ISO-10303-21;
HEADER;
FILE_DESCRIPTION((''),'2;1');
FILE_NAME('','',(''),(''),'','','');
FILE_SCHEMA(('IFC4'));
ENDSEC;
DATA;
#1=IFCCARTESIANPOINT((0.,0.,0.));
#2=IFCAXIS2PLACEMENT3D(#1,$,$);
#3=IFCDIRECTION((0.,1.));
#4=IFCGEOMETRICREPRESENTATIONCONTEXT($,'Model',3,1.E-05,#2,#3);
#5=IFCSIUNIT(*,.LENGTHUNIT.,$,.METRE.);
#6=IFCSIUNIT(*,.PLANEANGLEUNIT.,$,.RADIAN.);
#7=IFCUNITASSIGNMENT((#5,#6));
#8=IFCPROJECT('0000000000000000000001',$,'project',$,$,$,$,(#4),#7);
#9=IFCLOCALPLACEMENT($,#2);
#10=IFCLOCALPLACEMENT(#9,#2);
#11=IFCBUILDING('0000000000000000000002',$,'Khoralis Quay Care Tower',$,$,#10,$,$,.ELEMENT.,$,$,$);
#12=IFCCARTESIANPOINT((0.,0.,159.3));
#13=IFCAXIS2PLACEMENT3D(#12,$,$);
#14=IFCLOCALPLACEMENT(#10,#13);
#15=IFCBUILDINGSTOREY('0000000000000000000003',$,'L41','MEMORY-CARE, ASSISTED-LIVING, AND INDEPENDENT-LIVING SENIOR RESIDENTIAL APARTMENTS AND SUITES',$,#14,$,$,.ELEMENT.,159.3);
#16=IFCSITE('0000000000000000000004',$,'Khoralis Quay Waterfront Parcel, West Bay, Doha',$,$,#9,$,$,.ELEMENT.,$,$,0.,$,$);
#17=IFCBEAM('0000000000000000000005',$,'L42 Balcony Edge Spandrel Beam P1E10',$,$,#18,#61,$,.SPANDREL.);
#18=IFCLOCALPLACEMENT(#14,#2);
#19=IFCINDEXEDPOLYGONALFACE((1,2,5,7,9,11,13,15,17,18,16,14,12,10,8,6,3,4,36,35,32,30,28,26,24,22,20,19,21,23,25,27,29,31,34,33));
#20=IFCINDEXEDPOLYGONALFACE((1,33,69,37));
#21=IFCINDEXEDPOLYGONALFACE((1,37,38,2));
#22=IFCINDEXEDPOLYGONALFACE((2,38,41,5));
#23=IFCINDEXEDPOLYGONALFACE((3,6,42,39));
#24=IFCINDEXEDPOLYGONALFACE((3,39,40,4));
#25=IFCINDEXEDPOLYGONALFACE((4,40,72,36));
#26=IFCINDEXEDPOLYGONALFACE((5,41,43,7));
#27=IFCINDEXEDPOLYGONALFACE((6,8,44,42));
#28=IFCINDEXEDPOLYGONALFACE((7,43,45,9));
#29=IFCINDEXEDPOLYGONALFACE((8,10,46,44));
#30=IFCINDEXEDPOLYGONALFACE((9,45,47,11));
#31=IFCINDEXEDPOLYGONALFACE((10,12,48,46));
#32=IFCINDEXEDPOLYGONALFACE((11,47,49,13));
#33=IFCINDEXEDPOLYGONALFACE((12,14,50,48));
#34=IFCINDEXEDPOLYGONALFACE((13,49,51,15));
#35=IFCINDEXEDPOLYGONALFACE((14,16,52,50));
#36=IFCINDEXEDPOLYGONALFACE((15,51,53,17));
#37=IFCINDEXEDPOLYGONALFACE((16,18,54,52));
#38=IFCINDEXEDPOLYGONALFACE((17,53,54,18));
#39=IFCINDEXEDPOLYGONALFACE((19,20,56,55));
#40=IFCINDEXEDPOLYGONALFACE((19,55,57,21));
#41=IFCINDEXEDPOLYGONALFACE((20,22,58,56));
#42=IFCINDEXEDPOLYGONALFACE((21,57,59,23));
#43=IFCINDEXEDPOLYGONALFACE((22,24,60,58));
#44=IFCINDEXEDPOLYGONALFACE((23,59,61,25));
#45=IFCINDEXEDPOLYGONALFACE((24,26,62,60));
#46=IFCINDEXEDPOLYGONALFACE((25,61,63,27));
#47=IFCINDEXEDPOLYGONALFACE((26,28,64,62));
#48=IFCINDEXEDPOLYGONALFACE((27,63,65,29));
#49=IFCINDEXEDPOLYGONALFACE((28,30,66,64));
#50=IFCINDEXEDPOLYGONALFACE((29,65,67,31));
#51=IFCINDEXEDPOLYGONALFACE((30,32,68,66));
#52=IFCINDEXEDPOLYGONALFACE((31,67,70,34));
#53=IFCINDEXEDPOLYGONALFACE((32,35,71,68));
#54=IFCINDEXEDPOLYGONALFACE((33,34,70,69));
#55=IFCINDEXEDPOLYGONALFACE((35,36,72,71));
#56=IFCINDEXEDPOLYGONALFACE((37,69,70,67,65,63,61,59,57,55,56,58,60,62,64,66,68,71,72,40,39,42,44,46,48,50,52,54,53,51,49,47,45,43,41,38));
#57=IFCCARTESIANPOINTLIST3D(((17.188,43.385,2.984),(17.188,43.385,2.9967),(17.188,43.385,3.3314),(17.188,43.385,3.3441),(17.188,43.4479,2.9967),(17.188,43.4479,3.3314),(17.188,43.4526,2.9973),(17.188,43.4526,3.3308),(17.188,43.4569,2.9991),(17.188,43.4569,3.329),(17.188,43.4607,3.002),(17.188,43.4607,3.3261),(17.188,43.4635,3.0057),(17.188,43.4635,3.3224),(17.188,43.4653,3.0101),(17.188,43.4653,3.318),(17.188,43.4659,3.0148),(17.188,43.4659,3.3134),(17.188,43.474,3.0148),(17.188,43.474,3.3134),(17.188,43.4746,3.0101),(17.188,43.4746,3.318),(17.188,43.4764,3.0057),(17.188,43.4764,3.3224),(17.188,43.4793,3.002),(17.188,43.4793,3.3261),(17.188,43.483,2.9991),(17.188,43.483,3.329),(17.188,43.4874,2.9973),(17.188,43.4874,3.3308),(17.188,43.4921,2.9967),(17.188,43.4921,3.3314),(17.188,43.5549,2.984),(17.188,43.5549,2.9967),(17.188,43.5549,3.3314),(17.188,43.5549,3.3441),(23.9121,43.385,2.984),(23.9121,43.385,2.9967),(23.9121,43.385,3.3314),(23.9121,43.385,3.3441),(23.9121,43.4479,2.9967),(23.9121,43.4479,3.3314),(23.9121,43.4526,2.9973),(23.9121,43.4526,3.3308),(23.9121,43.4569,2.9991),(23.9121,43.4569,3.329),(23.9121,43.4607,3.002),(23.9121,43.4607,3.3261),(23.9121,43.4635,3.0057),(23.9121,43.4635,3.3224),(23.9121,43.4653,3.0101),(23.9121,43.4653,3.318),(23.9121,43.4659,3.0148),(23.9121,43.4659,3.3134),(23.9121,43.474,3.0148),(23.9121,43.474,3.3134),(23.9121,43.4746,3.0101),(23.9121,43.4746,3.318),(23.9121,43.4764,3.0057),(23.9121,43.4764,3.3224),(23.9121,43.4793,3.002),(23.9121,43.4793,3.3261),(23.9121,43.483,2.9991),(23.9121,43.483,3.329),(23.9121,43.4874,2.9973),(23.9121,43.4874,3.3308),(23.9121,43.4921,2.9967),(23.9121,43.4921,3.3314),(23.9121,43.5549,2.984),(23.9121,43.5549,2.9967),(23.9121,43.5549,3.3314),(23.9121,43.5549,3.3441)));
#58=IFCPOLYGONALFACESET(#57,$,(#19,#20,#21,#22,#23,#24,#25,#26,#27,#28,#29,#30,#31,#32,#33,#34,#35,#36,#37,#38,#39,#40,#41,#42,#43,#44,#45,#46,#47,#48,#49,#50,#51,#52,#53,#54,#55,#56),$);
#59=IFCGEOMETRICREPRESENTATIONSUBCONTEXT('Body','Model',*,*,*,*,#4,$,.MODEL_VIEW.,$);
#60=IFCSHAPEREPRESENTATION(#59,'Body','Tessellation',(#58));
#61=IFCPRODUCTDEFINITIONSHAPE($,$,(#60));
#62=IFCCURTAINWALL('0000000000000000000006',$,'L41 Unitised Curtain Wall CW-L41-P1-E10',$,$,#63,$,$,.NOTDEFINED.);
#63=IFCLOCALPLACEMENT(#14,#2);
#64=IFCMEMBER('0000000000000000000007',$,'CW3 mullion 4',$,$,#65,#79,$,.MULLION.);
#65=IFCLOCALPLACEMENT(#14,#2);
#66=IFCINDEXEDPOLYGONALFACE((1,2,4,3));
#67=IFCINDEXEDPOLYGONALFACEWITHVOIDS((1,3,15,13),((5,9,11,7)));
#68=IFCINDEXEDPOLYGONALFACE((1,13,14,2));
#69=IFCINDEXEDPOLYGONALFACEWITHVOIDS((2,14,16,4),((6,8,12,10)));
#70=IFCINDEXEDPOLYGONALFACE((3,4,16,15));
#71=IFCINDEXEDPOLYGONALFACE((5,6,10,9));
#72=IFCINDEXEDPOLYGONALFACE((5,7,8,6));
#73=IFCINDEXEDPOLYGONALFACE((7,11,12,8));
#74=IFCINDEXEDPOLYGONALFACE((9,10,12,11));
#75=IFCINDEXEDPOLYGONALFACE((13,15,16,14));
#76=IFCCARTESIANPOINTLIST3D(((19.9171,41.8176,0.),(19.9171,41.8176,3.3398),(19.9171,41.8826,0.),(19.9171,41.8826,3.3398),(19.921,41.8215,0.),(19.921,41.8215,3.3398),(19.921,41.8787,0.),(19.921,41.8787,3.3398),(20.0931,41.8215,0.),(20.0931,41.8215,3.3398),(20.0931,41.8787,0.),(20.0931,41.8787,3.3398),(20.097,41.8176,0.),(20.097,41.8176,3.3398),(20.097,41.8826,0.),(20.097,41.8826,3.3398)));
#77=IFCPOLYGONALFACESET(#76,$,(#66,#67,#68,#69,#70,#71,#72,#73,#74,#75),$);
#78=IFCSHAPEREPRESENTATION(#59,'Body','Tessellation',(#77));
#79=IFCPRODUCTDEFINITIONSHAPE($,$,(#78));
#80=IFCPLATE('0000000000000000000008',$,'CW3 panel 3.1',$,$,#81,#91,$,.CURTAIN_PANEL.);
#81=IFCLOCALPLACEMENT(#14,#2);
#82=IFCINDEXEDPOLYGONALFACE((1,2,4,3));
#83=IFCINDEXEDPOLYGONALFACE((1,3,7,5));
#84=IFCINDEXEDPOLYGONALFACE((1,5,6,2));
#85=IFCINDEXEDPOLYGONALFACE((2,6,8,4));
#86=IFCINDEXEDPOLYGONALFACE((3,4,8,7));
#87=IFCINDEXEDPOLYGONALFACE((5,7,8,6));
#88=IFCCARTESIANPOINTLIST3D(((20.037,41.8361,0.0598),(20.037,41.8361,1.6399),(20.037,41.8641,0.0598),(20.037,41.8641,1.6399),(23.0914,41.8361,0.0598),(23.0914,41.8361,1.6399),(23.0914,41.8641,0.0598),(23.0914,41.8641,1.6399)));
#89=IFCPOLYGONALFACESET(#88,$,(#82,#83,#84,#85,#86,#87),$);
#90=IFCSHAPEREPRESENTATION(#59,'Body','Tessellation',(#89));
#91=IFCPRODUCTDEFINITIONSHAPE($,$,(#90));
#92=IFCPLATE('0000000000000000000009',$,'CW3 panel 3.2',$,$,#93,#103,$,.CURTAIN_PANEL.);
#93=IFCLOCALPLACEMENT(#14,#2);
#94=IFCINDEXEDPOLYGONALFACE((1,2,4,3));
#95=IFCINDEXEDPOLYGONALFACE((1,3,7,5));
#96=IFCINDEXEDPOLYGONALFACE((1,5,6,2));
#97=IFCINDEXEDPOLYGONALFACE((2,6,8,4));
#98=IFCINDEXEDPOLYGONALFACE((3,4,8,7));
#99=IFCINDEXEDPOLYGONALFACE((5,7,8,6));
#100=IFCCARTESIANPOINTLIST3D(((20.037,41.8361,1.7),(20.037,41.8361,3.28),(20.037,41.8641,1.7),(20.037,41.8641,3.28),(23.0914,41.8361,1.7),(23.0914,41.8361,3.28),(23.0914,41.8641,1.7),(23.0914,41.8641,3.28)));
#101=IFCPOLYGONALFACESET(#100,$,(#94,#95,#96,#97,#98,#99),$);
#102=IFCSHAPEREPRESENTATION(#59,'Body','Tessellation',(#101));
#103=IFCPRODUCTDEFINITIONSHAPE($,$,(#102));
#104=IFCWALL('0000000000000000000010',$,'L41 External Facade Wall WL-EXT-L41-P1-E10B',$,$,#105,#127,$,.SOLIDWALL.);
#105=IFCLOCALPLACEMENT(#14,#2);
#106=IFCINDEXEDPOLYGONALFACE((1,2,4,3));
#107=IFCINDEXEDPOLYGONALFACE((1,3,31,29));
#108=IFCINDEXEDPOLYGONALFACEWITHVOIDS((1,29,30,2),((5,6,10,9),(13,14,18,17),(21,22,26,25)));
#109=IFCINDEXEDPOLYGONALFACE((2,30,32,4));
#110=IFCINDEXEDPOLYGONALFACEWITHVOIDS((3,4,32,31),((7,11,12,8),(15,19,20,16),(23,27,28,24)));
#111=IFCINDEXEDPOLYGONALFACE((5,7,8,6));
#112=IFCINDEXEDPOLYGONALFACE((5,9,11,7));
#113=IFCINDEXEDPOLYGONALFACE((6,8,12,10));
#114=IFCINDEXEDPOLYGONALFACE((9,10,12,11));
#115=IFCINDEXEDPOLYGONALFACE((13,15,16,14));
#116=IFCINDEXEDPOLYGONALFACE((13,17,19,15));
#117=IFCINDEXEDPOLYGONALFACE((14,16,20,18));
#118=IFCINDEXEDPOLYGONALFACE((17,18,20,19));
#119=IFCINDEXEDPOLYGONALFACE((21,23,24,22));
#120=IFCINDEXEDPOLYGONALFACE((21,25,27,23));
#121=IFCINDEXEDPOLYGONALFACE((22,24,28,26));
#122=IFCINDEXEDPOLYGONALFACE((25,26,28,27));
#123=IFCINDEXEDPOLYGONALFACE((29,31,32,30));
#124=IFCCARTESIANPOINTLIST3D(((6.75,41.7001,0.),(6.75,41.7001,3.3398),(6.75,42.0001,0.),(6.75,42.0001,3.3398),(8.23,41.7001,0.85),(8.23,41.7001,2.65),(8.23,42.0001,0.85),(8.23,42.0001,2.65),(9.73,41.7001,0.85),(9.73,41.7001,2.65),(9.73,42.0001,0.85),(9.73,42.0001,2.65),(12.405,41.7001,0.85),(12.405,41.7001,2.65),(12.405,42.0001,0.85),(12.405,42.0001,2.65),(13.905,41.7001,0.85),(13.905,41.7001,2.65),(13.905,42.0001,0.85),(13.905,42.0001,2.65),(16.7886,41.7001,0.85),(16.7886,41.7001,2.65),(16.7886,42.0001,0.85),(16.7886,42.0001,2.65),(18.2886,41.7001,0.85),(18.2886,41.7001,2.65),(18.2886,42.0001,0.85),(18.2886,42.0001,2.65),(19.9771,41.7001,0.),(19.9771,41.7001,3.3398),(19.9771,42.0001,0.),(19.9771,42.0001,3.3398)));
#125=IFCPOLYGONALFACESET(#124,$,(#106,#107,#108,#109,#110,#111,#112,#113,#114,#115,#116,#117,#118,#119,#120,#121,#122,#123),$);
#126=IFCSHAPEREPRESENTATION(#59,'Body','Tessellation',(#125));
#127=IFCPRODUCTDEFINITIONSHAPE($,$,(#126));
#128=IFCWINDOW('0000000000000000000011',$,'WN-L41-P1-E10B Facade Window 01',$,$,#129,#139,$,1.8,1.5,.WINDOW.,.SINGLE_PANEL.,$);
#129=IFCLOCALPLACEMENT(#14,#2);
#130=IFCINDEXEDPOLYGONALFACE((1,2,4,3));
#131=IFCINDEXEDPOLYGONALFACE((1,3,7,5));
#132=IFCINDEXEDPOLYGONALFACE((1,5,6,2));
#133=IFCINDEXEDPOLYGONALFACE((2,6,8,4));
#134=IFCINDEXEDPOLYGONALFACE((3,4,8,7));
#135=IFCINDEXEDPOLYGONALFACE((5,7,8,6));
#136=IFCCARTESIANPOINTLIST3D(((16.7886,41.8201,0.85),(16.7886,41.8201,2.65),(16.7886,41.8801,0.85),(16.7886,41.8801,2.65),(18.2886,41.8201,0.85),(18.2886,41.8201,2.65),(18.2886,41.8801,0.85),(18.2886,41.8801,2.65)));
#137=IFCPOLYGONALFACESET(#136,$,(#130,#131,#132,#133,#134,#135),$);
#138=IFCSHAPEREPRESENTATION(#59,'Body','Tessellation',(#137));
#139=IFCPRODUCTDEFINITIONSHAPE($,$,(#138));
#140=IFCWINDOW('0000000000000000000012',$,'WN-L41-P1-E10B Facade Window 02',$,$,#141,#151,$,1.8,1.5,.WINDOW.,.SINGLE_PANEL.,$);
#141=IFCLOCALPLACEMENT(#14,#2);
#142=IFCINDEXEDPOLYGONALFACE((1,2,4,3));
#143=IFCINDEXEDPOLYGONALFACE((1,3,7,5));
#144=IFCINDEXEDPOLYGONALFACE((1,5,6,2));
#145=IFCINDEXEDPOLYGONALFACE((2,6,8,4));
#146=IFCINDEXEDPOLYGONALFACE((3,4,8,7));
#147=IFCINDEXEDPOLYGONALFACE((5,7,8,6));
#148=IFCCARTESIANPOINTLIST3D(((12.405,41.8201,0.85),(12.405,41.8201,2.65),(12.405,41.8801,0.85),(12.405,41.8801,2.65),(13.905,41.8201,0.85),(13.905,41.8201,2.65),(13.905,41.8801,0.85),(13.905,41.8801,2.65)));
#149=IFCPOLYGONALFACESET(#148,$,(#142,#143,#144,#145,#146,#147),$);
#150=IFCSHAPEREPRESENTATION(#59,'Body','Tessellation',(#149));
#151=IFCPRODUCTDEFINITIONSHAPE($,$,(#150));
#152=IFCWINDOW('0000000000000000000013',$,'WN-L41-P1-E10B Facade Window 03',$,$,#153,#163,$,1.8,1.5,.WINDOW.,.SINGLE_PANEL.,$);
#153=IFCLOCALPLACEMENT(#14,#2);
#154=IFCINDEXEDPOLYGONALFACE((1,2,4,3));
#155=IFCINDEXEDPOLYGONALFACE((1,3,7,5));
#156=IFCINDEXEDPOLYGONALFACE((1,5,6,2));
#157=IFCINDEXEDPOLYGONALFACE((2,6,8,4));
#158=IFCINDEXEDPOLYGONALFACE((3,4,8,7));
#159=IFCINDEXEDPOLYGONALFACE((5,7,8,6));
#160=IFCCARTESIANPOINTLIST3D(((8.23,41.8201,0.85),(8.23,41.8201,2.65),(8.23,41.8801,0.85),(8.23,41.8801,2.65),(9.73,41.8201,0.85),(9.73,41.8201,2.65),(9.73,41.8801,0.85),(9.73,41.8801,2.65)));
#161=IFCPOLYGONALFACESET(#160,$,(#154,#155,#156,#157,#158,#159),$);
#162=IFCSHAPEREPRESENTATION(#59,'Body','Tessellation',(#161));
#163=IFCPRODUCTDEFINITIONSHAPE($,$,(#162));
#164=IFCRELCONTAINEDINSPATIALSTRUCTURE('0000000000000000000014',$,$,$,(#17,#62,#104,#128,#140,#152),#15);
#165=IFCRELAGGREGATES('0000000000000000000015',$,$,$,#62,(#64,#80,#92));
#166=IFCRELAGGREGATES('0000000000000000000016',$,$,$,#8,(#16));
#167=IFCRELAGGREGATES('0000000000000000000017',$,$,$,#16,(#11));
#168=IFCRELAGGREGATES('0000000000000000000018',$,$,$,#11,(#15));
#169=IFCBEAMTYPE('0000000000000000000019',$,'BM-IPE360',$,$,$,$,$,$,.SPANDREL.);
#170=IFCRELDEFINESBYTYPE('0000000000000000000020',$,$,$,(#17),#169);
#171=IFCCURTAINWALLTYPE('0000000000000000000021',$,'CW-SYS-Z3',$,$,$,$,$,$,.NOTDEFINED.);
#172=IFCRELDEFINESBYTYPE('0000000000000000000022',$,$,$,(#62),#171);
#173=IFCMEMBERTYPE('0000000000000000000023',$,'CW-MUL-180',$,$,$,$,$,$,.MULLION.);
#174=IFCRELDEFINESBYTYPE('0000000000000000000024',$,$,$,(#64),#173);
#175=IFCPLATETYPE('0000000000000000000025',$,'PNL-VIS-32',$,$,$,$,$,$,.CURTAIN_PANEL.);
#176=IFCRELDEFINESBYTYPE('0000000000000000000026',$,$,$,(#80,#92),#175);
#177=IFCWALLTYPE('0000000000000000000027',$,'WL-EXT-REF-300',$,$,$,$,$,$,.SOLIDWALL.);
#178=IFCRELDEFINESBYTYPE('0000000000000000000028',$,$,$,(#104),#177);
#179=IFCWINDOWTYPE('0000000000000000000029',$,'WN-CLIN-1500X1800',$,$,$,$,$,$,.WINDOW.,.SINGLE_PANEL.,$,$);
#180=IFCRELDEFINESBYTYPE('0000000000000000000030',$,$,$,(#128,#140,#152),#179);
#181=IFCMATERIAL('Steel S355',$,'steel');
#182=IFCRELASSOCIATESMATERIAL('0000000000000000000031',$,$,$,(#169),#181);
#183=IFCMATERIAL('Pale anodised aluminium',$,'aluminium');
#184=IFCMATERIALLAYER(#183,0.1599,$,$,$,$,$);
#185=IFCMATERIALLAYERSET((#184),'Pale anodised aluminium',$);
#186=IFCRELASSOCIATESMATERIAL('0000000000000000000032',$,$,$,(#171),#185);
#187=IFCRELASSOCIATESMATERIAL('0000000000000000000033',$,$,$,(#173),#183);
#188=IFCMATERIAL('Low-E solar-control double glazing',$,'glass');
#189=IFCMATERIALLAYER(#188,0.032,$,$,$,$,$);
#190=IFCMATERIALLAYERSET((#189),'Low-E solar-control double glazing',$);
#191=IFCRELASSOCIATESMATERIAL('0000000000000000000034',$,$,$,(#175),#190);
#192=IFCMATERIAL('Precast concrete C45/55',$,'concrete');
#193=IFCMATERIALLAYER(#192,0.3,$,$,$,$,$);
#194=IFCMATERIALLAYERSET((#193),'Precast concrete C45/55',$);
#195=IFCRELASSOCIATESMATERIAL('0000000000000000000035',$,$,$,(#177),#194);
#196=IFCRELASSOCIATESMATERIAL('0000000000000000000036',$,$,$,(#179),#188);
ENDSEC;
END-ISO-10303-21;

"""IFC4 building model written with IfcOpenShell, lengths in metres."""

from ifc_helpers import new_model, si_unit, direction, frame, frame_2d, origin, origin_2d, place, context, subcontext, project, spatial, rectangle, hollow_rectangle, i_section, extrude, source, transform, mapped, material, layer, layer_set, material_profile, profile_set, type_object, element, fill, aggregate, save


model = new_model("IFC4")

# Units and contexts
model_context = context("Model", 3, precision=1e-05, world=origin(), true_north=direction((0.0, 1.0)))
body_context = subcontext(model_context, "Body", "Model", "MODEL_VIEW")
ifc_project = project(units=[si_unit("LENGTHUNIT", "METRE"), si_unit("PLANEANGLEUNIT", "RADIAN")], contexts=[model_context])

# Site, building, storey
site_placement = place(None, origin())
site = spatial("IfcSite", under=ifc_project, at=site_placement, Name="Khoralis Quay Waterfront Parcel, West Bay, Doha", CompositionType="ELEMENT", RefElevation=0.0)
building_placement = place(site_placement, origin())
building = spatial("IfcBuilding", under=site, at=building_placement, Name="Khoralis Quay Care Tower", CompositionType="ELEMENT")
storey_placement = place(building_placement, frame((0.0, 0.0, 159.3)))
storey = spatial("IfcBuildingStorey", under=building, at=storey_placement, Name="L41", Description="MEMORY-CARE, ASSISTED-LIVING, AND INDEPENDENT-LIVING SENIOR RESIDENTIAL APARTMENTS AND SUITES", CompositionType="ELEMENT", Elevation=159.3)

# Beam
ifc_material_1 = material(Name="Steel S355", Category="steel")
ifc_material_profile_1 = material_profile(ifc_material_1, i_section(OverallWidth=0.1699, OverallDepth=0.3601, WebThickness=0.0081, FlangeThickness=0.0127, FilletRadius=0.0181, at=origin_2d()), Name="Steel S355")
ifc_profile_set_1 = profile_set([ifc_material_profile_1], Name="Steel S355")
beam_type_1 = type_object("IfcBeamType", Name="BM-IPE360", PredefinedType="SPANDREL", material=ifc_profile_set_1)
shared_shape_1 = source(origin(), body_context, "Body", "SweptSolid", [
    extrude(i_section(OverallWidth=0.1699, OverallDepth=0.3601, WebThickness=0.0081, FlangeThickness=0.0127, FilletRadius=0.0181, at=origin_2d()), origin(), (0.0, 0.0, 1.0), 6.7241),
])
beam_1_placement = place(storey_placement, frame((17.188, 43.47, 3.1641), z_axis=(1.0, 0.0, 0.0), x_axis=(0.0, 1.0, 0.0)))
element("IfcBeam", 1, at=beam_1_placement, inside=storey, type_object=beam_type_1, Name="L42 Balcony Edge Spandrel Beam P1E10", PredefinedType="SPANDREL", context=body_context, shape_type="MappedRepresentation", body=[
    mapped(shared_shape_1, transform((0.0, 0.0, 0.0), scale=1.0)),
])

# Curtain wall, member, plates
ifc_material_2 = material(Name="Pale anodised aluminium", Category="aluminium")
ifc_layer_1 = layer(ifc_material_2, 0.1599)
ifc_layer_set_1 = layer_set([ifc_layer_1], Name="Pale anodised aluminium")
curtain_wall_type = type_object("IfcCurtainWallType", Name="CW-SYS-Z3", PredefinedType="NOTDEFINED", material=ifc_layer_set_1)
curtain_wall_placement = place(storey_placement, origin())
curtain_wall = element("IfcCurtainWall", 2, at=curtain_wall_placement, inside=storey, type_object=curtain_wall_type, Name="L41 Unitised Curtain Wall CW-L41-P1-E10", PredefinedType="NOTDEFINED")
ifc_material_profile_2 = material_profile(ifc_material_2, hollow_rectangle(XDim=0.0649, YDim=0.1799, WallThickness=0.0039, at=origin_2d()), Name="Pale anodised aluminium")
ifc_profile_set_2 = profile_set([ifc_material_profile_2], Name="Pale anodised aluminium")
member_type = type_object("IfcMemberType", Name="CW-MUL-180", PredefinedType="MULLION", material=ifc_profile_set_2)
shared_shape_2 = source(origin(), body_context, "Body", "SweptSolid", [
    extrude(hollow_rectangle(XDim=0.0649, YDim=0.1799, WallThickness=0.0039, at=origin_2d()), origin(), (0.0, 0.0, 1.0), 3.3398),
])
member_placement = place(storey_placement, frame((20.0071, 41.8501, 0.0), z_axis=(0.0, 0.0, 1.0), x_axis=(0.0, -1.0, 0.0)))
member = element("IfcMember", 3, at=member_placement, type_object=member_type, Name="CW3 mullion 4", PredefinedType="MULLION", context=body_context, shape_type="MappedRepresentation", body=[
    mapped(shared_shape_2, transform((0.0, 0.0, 0.0), scale=1.0)),
])
ifc_material_3 = material(Name="Low-E solar-control double glazing", Category="glass")
ifc_layer_2 = layer(ifc_material_3, 0.032)
ifc_layer_set_2 = layer_set([ifc_layer_2], Name="Low-E solar-control double glazing")
plate_type = type_object("IfcPlateType", Name="PNL-VIS-32", PredefinedType="CURTAIN_PANEL", material=ifc_layer_set_2)
shared_shape_3 = source(origin(), body_context, "Body", "SweptSolid", [
    extrude(rectangle(XDim=3.0544, YDim=0.0281, at=origin_2d()), origin(), (0.0, 0.0, 1.0), 1.5801),
])
plate_1_placement = place(storey_placement, frame((21.5642, 41.8501, 0.0598), z_axis=(0.0, 0.0, 1.0), x_axis=(-1.0, 0.0, 0.0)))
plate_1 = element("IfcPlate", 4, at=plate_1_placement, type_object=plate_type, Name="CW3 panel 3.1", PredefinedType="CURTAIN_PANEL", context=body_context, shape_type="MappedRepresentation", body=[
    mapped(shared_shape_3, transform((0.0, 0.0, 0.0), scale=1.0)),
])
plate_2_placement = place(storey_placement, frame((21.5642, 41.8501, 1.7), z_axis=(0.0, 0.0, 1.0), x_axis=(-1.0, 0.0, 0.0)))
plate_2 = element("IfcPlate", 5, at=plate_2_placement, type_object=plate_type, Name="CW3 panel 3.2", PredefinedType="CURTAIN_PANEL", context=body_context, shape_type="MappedRepresentation", body=[
    mapped(shared_shape_3, transform((0.0, 0.0, 0.0), scale=1.0)),
])
aggregate(curtain_wall, [member, plate_1, plate_2])

# Wall, openings, windows
ifc_material_4 = material(Name="Precast concrete C45/55", Category="concrete")
ifc_layer_3 = layer(ifc_material_4, 0.3)
ifc_layer_set_3 = layer_set([ifc_layer_3], Name="Precast concrete C45/55")
wall_type_1 = type_object("IfcWallType", Name="WL-EXT-REF-300", PredefinedType="SOLIDWALL", material=ifc_layer_set_3)
wall_1_placement = place(storey_placement, frame((19.9771, 41.8501, 0.0), z_axis=(0.0, 0.0, 1.0), x_axis=(-1.0, 0.0, 0.0)))
wall_1 = element("IfcWall", 6, at=wall_1_placement, inside=storey, type_object=wall_type_1, Name="L41 External Facade Wall WL-EXT-L41-P1-E10B", PredefinedType="SOLIDWALL", context=body_context, shape_type="SweptSolid", body=[
    extrude(rectangle(XDim=13.2271, YDim=0.3, at=frame_2d((6.6135, 0.0))), origin(), (0.0, 0.0, 1.0), 3.3398),
])
opening_1_placement = place(wall_1_placement, frame((1.6885, 0.0, 0.8501)))
opening_1 = element("IfcOpeningElement", 7, at=opening_1_placement, cuts=wall_1, PredefinedType="OPENING", context=body_context, shape_type="SweptSolid", body=[
    extrude(rectangle(XDim=1.5, YDim=1.8, at=frame_2d((0.75, 0.8999))), frame((0.0, 0.1602, 0.0), z_axis=(0.0, -1.0, 0.0), x_axis=(1.0, 0.0, 0.0)), (0.0, 0.0, 1.0), 0.3201),
])
opening_2_placement = place(wall_1_placement, frame((6.072, 0.0, 0.8501)))
opening_2 = element("IfcOpeningElement", 8, at=opening_2_placement, cuts=wall_1, PredefinedType="OPENING", context=body_context, shape_type="SweptSolid", body=[
    extrude(rectangle(XDim=1.5, YDim=1.8, at=frame_2d((0.75, 0.8999))), frame((0.0, 0.1602, 0.0), z_axis=(0.0, -1.0, 0.0), x_axis=(1.0, 0.0, 0.0)), (0.0, 0.0, 1.0), 0.3201),
])
opening_3_placement = place(wall_1_placement, frame((10.2471, 0.0, 0.8501)))
opening_3 = element("IfcOpeningElement", 9, at=opening_3_placement, cuts=wall_1, PredefinedType="OPENING", context=body_context, shape_type="SweptSolid", body=[
    extrude(rectangle(XDim=1.5, YDim=1.8, at=frame_2d((0.75, 0.8999))), frame((0.0, 0.1602, 0.0), z_axis=(0.0, -1.0, 0.0), x_axis=(1.0, 0.0, 0.0)), (0.0, 0.0, 1.0), 0.3201),
])
window_type = type_object("IfcWindowType", Name="WN-CLIN-1500X1800", PartitioningType="SINGLE_PANEL", PredefinedType="WINDOW", material=ifc_material_3)
shared_shape_4 = source(origin(), body_context, "Body", "SweptSolid", [
    extrude(rectangle(XDim=1.5, YDim=1.8, at=frame_2d((0.75, 0.8999))), frame((0.0, 0.03, 0.0), z_axis=(0.0, -1.0, 0.0), x_axis=(1.0, 0.0, 0.0)), (0.0, 0.0, 1.0), 0.0601),
])
window_1_placement = place(opening_1_placement, origin())
window_1 = element("IfcWindow", 10, at=window_1_placement, inside=storey, type_object=window_type, Name="WN-L41-P1-E10B Facade Window 01", OverallHeight=1.8, OverallWidth=1.5, PartitioningType="SINGLE_PANEL", PredefinedType="WINDOW", context=body_context, shape_type="MappedRepresentation", body=[
    mapped(shared_shape_4, transform((0.0, 0.0, 0.0), scale=1.0)),
])
fill(opening_1, window_1)
window_2_placement = place(opening_2_placement, origin())
window_2 = element("IfcWindow", 11, at=window_2_placement, inside=storey, type_object=window_type, Name="WN-L41-P1-E10B Facade Window 02", OverallHeight=1.8, OverallWidth=1.5, PartitioningType="SINGLE_PANEL", PredefinedType="WINDOW", context=body_context, shape_type="MappedRepresentation", body=[
    mapped(shared_shape_4, transform((0.0, 0.0, 0.0), scale=1.0)),
])
fill(opening_2, window_2)
window_3_placement = place(opening_3_placement, origin())
window_3 = element("IfcWindow", 12, at=window_3_placement, inside=storey, type_object=window_type, Name="WN-L41-P1-E10B Facade Window 03", OverallHeight=1.8, OverallWidth=1.5, PartitioningType="SINGLE_PANEL", PredefinedType="WINDOW", context=body_context, shape_type="MappedRepresentation", body=[
    mapped(shared_shape_4, transform((0.0, 0.0, 0.0), scale=1.0)),
])
fill(opening_3, window_3)

save(model, "model.ifc")
